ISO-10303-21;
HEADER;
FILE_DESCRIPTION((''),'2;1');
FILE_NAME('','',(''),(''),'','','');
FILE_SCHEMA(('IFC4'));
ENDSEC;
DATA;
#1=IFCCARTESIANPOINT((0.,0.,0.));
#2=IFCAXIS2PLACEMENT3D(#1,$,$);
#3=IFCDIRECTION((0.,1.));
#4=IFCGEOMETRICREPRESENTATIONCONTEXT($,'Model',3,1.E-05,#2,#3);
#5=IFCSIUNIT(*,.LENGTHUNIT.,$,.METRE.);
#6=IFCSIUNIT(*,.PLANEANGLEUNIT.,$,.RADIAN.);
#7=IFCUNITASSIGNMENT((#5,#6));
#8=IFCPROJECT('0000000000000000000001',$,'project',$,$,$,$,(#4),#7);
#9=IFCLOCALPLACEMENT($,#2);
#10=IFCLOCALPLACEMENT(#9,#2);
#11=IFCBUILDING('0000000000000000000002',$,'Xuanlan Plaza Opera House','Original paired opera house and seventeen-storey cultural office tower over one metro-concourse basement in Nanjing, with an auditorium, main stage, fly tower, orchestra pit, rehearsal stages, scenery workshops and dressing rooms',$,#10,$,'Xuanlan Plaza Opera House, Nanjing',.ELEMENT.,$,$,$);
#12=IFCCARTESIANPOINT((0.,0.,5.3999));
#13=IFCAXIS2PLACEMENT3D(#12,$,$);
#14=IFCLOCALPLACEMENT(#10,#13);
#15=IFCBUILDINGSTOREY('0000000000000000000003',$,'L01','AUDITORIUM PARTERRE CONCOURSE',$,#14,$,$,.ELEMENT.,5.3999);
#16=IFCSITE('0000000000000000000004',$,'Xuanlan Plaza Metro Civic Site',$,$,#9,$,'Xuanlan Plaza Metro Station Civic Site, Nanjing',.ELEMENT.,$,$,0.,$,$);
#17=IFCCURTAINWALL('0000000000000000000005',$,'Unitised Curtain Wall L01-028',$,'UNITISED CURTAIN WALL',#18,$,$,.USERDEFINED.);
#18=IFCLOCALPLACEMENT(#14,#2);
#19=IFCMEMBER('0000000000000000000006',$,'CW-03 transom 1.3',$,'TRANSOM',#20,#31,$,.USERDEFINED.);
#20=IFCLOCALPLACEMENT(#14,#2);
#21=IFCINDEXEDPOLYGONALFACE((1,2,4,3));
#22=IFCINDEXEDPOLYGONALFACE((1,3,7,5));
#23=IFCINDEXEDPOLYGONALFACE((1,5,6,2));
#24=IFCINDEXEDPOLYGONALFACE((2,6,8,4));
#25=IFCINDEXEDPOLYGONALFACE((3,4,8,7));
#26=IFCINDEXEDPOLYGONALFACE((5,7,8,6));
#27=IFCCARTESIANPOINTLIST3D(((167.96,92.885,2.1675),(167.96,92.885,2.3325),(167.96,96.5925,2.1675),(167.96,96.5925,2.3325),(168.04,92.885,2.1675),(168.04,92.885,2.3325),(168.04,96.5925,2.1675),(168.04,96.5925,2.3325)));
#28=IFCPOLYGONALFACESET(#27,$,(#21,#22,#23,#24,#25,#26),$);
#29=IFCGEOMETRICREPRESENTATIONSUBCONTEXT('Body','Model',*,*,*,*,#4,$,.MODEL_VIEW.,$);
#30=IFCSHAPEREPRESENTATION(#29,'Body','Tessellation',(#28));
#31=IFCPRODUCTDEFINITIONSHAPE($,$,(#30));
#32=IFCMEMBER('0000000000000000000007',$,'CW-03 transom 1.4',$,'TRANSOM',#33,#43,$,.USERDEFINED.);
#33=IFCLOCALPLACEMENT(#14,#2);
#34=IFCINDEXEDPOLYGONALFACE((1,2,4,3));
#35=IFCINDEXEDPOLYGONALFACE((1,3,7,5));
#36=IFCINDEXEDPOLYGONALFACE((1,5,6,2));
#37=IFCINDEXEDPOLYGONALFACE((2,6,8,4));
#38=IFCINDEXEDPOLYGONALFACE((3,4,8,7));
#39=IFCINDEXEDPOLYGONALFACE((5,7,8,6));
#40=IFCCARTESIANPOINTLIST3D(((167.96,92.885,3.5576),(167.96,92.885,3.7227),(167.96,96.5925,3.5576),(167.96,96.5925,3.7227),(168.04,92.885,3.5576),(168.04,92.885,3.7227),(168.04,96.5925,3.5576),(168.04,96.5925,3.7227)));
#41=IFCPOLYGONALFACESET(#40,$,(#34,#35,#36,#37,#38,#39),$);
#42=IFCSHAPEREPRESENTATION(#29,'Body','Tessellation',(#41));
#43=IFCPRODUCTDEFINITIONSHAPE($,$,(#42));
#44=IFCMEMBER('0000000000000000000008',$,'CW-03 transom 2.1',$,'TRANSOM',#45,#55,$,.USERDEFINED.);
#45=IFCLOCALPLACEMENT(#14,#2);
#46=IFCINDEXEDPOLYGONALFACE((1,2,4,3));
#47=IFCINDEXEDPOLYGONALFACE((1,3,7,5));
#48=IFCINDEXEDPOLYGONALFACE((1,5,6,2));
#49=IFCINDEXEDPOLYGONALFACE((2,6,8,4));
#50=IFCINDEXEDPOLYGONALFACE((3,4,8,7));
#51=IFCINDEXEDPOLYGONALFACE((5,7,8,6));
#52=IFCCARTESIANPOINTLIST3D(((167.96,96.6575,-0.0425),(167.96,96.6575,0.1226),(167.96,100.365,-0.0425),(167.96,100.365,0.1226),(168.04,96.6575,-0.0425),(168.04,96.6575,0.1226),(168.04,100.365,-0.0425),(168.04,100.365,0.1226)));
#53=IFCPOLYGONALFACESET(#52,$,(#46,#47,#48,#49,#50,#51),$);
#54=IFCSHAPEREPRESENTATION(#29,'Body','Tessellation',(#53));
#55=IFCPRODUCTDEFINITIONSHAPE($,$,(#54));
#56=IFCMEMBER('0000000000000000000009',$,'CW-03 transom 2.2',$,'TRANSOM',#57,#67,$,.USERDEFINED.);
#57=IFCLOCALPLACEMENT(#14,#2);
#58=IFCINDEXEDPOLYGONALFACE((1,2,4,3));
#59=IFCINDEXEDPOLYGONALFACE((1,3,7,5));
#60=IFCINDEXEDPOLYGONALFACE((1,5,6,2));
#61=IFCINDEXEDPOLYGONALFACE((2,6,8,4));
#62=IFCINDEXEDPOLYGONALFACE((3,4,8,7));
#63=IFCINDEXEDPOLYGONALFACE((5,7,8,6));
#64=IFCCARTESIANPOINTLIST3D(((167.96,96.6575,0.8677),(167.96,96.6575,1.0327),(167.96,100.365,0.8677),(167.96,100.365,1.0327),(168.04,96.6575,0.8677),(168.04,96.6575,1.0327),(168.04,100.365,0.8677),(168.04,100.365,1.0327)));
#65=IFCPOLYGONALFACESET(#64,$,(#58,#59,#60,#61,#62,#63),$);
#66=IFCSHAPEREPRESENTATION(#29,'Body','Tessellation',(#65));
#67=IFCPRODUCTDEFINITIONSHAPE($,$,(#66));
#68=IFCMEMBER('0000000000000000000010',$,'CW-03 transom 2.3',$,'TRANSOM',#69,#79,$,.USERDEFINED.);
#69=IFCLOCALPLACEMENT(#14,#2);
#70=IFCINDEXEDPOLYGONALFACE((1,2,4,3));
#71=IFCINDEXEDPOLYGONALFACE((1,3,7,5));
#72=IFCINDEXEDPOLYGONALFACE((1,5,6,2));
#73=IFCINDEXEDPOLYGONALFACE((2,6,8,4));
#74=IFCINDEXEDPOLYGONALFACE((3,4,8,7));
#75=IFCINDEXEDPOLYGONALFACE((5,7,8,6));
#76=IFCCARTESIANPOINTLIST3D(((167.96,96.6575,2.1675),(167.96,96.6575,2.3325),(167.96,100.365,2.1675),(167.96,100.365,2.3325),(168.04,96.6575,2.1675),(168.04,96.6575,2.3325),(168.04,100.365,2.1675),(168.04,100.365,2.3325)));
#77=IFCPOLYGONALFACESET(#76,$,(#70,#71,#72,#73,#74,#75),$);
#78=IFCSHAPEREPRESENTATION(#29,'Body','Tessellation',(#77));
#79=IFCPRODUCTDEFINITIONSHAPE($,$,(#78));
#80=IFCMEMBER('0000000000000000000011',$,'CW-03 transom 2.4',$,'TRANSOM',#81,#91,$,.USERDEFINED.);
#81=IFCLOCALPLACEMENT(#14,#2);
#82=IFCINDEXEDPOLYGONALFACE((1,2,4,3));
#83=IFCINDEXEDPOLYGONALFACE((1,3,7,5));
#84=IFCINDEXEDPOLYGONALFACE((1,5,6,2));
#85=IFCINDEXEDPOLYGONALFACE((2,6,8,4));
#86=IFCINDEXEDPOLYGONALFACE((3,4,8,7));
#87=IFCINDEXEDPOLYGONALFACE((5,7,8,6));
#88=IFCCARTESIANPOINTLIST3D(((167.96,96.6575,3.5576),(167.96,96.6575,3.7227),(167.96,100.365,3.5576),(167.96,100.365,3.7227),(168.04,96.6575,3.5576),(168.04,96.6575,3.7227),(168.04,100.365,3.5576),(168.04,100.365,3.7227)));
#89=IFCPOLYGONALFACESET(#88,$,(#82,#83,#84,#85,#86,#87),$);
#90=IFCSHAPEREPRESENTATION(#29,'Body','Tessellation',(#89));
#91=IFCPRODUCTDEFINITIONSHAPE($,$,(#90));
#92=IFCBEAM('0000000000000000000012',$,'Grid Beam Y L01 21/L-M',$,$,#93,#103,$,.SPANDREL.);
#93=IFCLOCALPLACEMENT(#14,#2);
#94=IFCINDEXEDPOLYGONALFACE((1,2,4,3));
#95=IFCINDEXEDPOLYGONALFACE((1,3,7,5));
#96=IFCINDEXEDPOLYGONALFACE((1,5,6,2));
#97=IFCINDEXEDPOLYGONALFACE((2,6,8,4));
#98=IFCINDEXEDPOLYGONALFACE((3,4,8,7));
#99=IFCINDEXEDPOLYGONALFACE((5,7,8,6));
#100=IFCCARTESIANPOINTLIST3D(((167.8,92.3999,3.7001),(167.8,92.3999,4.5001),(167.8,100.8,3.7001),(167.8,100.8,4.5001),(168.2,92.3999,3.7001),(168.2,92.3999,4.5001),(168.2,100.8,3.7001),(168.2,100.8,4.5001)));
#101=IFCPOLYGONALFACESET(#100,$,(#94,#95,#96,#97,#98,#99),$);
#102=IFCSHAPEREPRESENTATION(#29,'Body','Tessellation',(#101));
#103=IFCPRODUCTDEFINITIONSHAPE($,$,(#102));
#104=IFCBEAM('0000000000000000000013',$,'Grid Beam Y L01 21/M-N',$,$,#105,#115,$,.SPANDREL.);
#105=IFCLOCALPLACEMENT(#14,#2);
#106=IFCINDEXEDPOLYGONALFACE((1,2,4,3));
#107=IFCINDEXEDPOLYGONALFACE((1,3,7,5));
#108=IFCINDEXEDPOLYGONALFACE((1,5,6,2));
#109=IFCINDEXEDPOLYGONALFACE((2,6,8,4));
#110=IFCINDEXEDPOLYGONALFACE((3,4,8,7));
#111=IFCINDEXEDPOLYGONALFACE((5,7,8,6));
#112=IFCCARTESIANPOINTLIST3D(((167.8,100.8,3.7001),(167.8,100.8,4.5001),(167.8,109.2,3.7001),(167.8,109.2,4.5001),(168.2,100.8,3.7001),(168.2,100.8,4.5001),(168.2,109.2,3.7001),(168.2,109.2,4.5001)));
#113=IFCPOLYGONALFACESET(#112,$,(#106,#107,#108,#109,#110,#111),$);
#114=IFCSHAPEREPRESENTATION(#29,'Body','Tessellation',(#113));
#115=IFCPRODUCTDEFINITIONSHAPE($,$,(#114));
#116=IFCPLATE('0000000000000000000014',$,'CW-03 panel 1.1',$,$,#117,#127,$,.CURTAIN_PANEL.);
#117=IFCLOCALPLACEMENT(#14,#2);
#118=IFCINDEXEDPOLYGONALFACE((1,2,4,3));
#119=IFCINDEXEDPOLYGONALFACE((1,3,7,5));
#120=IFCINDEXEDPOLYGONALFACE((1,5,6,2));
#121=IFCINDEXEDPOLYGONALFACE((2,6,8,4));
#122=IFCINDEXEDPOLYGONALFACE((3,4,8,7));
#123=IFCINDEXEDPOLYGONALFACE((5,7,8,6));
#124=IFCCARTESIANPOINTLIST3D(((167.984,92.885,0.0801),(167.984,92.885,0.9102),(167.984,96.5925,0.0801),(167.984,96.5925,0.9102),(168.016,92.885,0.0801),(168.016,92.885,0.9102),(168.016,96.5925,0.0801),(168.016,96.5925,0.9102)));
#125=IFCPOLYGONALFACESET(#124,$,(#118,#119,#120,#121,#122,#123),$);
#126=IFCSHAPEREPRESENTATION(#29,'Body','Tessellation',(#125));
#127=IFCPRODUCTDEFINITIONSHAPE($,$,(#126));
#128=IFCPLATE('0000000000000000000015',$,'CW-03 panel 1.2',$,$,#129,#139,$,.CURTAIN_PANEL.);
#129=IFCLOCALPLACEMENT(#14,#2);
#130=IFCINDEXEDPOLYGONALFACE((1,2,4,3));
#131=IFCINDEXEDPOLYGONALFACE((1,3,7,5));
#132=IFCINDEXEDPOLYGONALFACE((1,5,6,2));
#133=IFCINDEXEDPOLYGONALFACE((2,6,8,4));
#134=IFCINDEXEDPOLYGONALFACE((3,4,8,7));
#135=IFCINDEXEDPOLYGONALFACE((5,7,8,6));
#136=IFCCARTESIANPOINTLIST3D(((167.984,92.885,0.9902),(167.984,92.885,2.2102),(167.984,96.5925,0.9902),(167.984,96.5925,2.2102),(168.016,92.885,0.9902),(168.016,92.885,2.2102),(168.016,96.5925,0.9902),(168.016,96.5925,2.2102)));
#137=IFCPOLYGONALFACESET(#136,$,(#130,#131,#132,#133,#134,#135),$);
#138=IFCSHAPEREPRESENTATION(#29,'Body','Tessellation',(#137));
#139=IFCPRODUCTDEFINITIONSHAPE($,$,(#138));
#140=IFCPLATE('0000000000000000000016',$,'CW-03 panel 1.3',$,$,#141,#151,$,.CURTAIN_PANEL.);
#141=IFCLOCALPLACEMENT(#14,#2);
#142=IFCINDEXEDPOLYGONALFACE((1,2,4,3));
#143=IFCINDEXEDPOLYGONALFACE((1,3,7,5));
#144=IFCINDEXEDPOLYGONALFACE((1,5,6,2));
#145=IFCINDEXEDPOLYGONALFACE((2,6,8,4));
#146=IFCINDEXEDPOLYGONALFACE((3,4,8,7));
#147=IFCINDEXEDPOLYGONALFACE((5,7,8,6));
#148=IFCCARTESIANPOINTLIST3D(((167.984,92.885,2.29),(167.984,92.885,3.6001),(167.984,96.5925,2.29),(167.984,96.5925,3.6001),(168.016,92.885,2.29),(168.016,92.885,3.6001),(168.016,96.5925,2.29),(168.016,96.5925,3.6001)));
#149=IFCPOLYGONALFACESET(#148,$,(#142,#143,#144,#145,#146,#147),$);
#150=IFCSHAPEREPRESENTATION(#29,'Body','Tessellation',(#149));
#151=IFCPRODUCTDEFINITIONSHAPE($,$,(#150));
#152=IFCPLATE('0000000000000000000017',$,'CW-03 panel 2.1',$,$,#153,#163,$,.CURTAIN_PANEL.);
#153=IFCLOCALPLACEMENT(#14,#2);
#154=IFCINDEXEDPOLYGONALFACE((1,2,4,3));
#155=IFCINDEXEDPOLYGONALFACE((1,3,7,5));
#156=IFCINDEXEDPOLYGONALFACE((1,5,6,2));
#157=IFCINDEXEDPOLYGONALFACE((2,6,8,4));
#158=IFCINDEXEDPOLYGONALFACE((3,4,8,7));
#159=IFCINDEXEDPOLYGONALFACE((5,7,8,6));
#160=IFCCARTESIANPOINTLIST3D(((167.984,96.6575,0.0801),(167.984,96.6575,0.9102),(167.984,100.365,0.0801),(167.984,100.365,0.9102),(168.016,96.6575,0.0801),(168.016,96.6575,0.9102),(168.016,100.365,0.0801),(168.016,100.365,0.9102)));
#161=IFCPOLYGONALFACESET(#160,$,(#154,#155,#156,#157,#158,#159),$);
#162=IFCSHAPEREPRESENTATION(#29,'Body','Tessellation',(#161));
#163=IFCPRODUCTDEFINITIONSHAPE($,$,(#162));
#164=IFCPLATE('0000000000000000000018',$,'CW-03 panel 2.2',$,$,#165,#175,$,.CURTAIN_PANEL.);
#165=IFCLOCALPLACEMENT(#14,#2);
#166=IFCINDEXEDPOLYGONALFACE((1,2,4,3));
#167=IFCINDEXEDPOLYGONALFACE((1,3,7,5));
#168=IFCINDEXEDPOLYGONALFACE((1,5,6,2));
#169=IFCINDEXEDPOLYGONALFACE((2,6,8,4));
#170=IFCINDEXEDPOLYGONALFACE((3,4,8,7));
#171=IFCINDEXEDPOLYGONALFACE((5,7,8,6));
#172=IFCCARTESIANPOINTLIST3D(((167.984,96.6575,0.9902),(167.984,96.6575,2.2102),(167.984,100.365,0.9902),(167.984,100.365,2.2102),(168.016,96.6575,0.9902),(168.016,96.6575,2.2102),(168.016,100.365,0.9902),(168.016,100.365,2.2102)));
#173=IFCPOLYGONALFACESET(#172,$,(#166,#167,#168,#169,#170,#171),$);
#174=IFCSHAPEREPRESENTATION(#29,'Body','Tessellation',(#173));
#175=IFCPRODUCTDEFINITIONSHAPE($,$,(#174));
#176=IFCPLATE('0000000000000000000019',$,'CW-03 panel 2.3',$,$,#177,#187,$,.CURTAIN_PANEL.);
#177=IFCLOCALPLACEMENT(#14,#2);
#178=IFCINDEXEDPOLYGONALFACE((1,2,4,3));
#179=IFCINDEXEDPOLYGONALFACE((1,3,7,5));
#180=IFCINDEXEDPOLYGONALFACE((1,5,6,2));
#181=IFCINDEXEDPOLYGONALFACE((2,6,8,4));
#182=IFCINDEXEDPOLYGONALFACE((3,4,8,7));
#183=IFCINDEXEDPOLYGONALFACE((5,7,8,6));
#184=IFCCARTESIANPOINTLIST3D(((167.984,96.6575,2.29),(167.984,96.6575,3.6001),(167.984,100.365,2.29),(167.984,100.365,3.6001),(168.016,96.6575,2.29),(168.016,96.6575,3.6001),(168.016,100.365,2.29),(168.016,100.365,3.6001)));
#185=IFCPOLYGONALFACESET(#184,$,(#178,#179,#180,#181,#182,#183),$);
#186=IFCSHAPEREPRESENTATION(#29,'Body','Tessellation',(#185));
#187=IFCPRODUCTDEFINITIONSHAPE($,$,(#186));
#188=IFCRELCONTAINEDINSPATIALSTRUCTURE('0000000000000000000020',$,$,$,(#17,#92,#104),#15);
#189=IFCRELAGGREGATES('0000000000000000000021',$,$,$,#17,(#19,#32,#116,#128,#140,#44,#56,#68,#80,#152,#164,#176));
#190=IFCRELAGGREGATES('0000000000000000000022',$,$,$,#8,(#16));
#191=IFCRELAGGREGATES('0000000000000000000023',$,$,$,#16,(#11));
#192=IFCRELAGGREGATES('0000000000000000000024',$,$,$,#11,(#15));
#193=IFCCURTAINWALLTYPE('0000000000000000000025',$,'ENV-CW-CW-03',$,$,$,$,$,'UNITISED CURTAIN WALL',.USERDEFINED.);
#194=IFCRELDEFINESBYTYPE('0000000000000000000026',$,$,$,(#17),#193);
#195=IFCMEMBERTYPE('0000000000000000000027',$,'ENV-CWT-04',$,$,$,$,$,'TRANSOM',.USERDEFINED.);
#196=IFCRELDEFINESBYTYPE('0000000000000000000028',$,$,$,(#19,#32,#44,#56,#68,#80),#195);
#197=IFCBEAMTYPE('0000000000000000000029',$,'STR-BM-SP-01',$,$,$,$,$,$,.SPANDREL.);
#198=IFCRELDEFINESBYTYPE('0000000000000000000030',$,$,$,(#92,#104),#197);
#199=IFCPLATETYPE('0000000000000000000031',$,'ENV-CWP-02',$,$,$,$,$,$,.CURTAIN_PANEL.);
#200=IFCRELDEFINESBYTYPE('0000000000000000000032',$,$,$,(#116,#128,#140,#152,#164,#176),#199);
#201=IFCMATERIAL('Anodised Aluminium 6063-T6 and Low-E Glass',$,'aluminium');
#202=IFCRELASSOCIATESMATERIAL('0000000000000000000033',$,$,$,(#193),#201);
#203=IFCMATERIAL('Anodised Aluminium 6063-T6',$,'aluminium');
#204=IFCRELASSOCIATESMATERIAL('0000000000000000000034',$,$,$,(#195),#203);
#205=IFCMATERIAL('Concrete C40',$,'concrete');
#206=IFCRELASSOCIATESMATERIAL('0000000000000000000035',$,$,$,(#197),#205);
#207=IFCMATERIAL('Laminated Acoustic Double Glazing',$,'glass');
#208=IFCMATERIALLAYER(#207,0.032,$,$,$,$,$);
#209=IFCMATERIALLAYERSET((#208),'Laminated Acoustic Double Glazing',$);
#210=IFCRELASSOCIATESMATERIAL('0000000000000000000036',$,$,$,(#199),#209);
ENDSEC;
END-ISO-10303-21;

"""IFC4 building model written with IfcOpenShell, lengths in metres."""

from ifc_helpers import new_model, si_unit, direction, frame, origin, origin_2d, place, context, subcontext, project, spatial, rectangle, extrude, material, layer, layer_set, material_profile, profile_set, type_object, element, aggregate, save


model = new_model("IFC4")

# Units and contexts
model_context = context("Model", 3, precision=1e-05, world=origin(), true_north=direction((0.0, 1.0)))
body_context = subcontext(model_context, "Body", "Model", "MODEL_VIEW")
ifc_project = project(units=[si_unit("LENGTHUNIT", "METRE"), si_unit("PLANEANGLEUNIT", "RADIAN")], contexts=[model_context])

# Site, building, storey
site_placement = place(None, origin())
site = spatial("IfcSite", under=ifc_project, at=site_placement, Name="Xuanlan Plaza Metro Civic Site", LongName="Xuanlan Plaza Metro Station Civic Site, Nanjing", CompositionType="ELEMENT", RefElevation=0.0)
building_placement = place(site_placement, origin())
building = spatial("IfcBuilding", under=site, at=building_placement, Name="Xuanlan Plaza Opera House", Description="Original paired opera house and seventeen-storey cultural office tower over one metro-concourse basement in Nanjing, with an auditorium, main stage, fly tower, orchestra pit, rehearsal stages, scenery workshops and dressing rooms", LongName="Xuanlan Plaza Opera House, Nanjing", CompositionType="ELEMENT")
storey_placement = place(building_placement, frame((0.0, 0.0, 5.3999)))
storey = spatial("IfcBuildingStorey", under=building, at=storey_placement, Name="L01", Description="AUDITORIUM PARTERRE CONCOURSE", CompositionType="ELEMENT", Elevation=5.3999)

# Shared definitions
ifc_material_1 = material(Name="Concrete C40", Category="concrete")

# Curtain wall
ifc_material_2 = material(Name="Anodised Aluminium 6063-T6 and Low-E Glass", Category="aluminium")
curtain_wall_type_1 = type_object("IfcCurtainWallType", Name="ENV-CW-CW-03", ElementType="UNITISED CURTAIN WALL", PredefinedType="USERDEFINED", material=ifc_material_2)
curtain_wall_1_placement = place(storey_placement, origin())
curtain_wall_1 = element("IfcCurtainWall", 1, at=curtain_wall_1_placement, inside=storey, type_object=curtain_wall_type_1, Name="Unitised Curtain Wall L01-028", ObjectType="UNITISED CURTAIN WALL", PredefinedType="USERDEFINED")
ifc_material_3 = material(Name="Anodised Aluminium 6063-T6", Category="aluminium")

# Members
ifc_material_profile_1 = material_profile(ifc_material_3, rectangle(XDim=0.0801, YDim=0.165, at=origin_2d()), Name="ALU-T 80x165")
ifc_profile_set_1 = profile_set([ifc_material_profile_1], Name="Anodised Aluminium 6063-T6")
member_type_1 = type_object("IfcMemberType", Name="ENV-CWT-04", ElementType="TRANSOM", PredefinedType="USERDEFINED", material=ifc_profile_set_1)
member_1_placement = place(storey_placement, frame((168.0, 92.885, 2.25), z_axis=(0.0, 1.0, 0.0), x_axis=(-1.0, 0.0, 0.0)))
member_1 = element("IfcMember", 2, at=member_1_placement, type_object=member_type_1, Name="CW-03 transom 1.3", ObjectType="TRANSOM", PredefinedType="USERDEFINED", context=body_context, shape_type="SweptSolid", body=[
    extrude(rectangle(XDim=0.0801, YDim=0.165, at=origin_2d()), origin(), (0.0, 0.0, 1.0), 3.7075),
])
member_2_placement = place(storey_placement, frame((168.0, 92.885, 3.6401), z_axis=(0.0, 1.0, 0.0), x_axis=(-1.0, 0.0, 0.0)))
member_2 = element("IfcMember", 3, at=member_2_placement, type_object=member_type_1, Name="CW-03 transom 1.4", ObjectType="TRANSOM", PredefinedType="USERDEFINED", context=body_context, shape_type="SweptSolid", body=[
    extrude(rectangle(XDim=0.0801, YDim=0.165, at=origin_2d()), origin(), (0.0, 0.0, 1.0), 3.7075),
])
member_3_placement = place(storey_placement, frame((168.0, 96.6575, 0.04), z_axis=(0.0, 1.0, 0.0), x_axis=(-1.0, 0.0, 0.0)))
member_3 = element("IfcMember", 4, at=member_3_placement, type_object=member_type_1, Name="CW-03 transom 2.1", ObjectType="TRANSOM", PredefinedType="USERDEFINED", context=body_context, shape_type="SweptSolid", body=[
    extrude(rectangle(XDim=0.0801, YDim=0.165, at=origin_2d()), origin(), (0.0, 0.0, 1.0), 3.7075),
])
member_4_placement = place(storey_placement, frame((168.0, 96.6575, 0.9502), z_axis=(0.0, 1.0, 0.0), x_axis=(-1.0, 0.0, 0.0)))
member_4 = element("IfcMember", 5, at=member_4_placement, type_object=member_type_1, Name="CW-03 transom 2.2", ObjectType="TRANSOM", PredefinedType="USERDEFINED", context=body_context, shape_type="SweptSolid", body=[
    extrude(rectangle(XDim=0.0801, YDim=0.165, at=origin_2d()), origin(), (0.0, 0.0, 1.0), 3.7075),
])
member_5_placement = place(storey_placement, frame((168.0, 96.6575, 2.25), z_axis=(0.0, 1.0, 0.0), x_axis=(-1.0, 0.0, 0.0)))
member_5 = element("IfcMember", 6, at=member_5_placement, type_object=member_type_1, Name="CW-03 transom 2.3", ObjectType="TRANSOM", PredefinedType="USERDEFINED", context=body_context, shape_type="SweptSolid", body=[
    extrude(rectangle(XDim=0.0801, YDim=0.165, at=origin_2d()), origin(), (0.0, 0.0, 1.0), 3.7075),
])
member_6_placement = place(storey_placement, frame((168.0, 96.6575, 3.6401), z_axis=(0.0, 1.0, 0.0), x_axis=(-1.0, 0.0, 0.0)))
member_6 = element("IfcMember", 7, at=member_6_placement, type_object=member_type_1, Name="CW-03 transom 2.4", ObjectType="TRANSOM", PredefinedType="USERDEFINED", context=body_context, shape_type="SweptSolid", body=[
    extrude(rectangle(XDim=0.0801, YDim=0.165, at=origin_2d()), origin(), (0.0, 0.0, 1.0), 3.7075),
])

# Beams
ifc_material_profile_2 = material_profile(ifc_material_1, rectangle(XDim=0.3999, YDim=0.8, at=origin_2d()), Name="RC-SPD 400x800")
ifc_profile_set_2 = profile_set([ifc_material_profile_2], Name="Concrete C40")
beam_type = type_object("IfcBeamType", Name="STR-BM-SP-01", PredefinedType="SPANDREL", material=ifc_profile_set_2)
beam_1_placement = place(storey_placement, frame((168.0, 92.3999, 4.1001), z_axis=(0.0, 1.0, 0.0), x_axis=(-1.0, 0.0, 0.0)))
element("IfcBeam", 8, at=beam_1_placement, inside=storey, type_object=beam_type, Name="Grid Beam Y L01 21/L-M", PredefinedType="SPANDREL", context=body_context, shape_type="SweptSolid", body=[
    extrude(rectangle(XDim=0.3999, YDim=0.8, at=origin_2d()), origin(), (0.0, 0.0, 1.0), 8.4001),
])
beam_2_placement = place(storey_placement, frame((168.0, 100.8, 4.1001), z_axis=(0.0, 1.0, 0.0), x_axis=(-1.0, 0.0, 0.0)))
element("IfcBeam", 9, at=beam_2_placement, inside=storey, type_object=beam_type, Name="Grid Beam Y L01 21/M-N", PredefinedType="SPANDREL", context=body_context, shape_type="SweptSolid", body=[
    extrude(rectangle(XDim=0.3999, YDim=0.8, at=origin_2d()), origin(), (0.0, 0.0, 1.0), 8.3999),
])

# Plates
ifc_material_4 = material(Name="Laminated Acoustic Double Glazing", Category="glass")
ifc_layer_1 = layer(ifc_material_4, 0.032)
ifc_layer_set_1 = layer_set([ifc_layer_1], Name="Laminated Acoustic Double Glazing")
plate_type_1 = type_object("IfcPlateType", Name="ENV-CWP-02", PredefinedType="CURTAIN_PANEL", material=ifc_layer_set_1)
plate_1_placement = place(storey_placement, frame((168.0, 94.7388, 0.0801), z_axis=(0.0, 0.0, 1.0), x_axis=(0.0, 1.0, 0.0)))
plate_1 = element("IfcPlate", 10, at=plate_1_placement, type_object=plate_type_1, Name="CW-03 panel 1.1", PredefinedType="CURTAIN_PANEL", context=body_context, shape_type="SweptSolid", body=[
    extrude(rectangle(XDim=3.7075, YDim=0.032, at=origin_2d()), origin(), (0.0, 0.0, 1.0), 0.8301),
])
plate_2_placement = place(storey_placement, frame((168.0, 94.7388, 0.9902), z_axis=(0.0, 0.0, 1.0), x_axis=(0.0, 1.0, 0.0)))
plate_2 = element("IfcPlate", 11, at=plate_2_placement, type_object=plate_type_1, Name="CW-03 panel 1.2", PredefinedType="CURTAIN_PANEL", context=body_context, shape_type="SweptSolid", body=[
    extrude(rectangle(XDim=3.7075, YDim=0.032, at=origin_2d()), origin(), (0.0, 0.0, 1.0), 1.22),
])
plate_3_placement = place(storey_placement, frame((168.0, 94.7388, 2.29), z_axis=(0.0, 0.0, 1.0), x_axis=(0.0, 1.0, 0.0)))
plate_3 = element("IfcPlate", 12, at=plate_3_placement, type_object=plate_type_1, Name="CW-03 panel 1.3", PredefinedType="CURTAIN_PANEL", context=body_context, shape_type="SweptSolid", body=[
    extrude(rectangle(XDim=3.7075, YDim=0.032, at=origin_2d()), origin(), (0.0, 0.0, 1.0), 1.3101),
])
plate_4_placement = place(storey_placement, frame((168.0, 98.5112, 0.0801), z_axis=(0.0, 0.0, 1.0), x_axis=(0.0, 1.0, 0.0)))
plate_4 = element("IfcPlate", 13, at=plate_4_placement, type_object=plate_type_1, Name="CW-03 panel 2.1", PredefinedType="CURTAIN_PANEL", context=body_context, shape_type="SweptSolid", body=[
    extrude(rectangle(XDim=3.7075, YDim=0.032, at=origin_2d()), origin(), (0.0, 0.0, 1.0), 0.8301),
])
plate_5_placement = place(storey_placement, frame((168.0, 98.5112, 0.9902), z_axis=(0.0, 0.0, 1.0), x_axis=(0.0, 1.0, 0.0)))
plate_5 = element("IfcPlate", 14, at=plate_5_placement, type_object=plate_type_1, Name="CW-03 panel 2.2", PredefinedType="CURTAIN_PANEL", context=body_context, shape_type="SweptSolid", body=[
    extrude(rectangle(XDim=3.7075, YDim=0.032, at=origin_2d()), origin(), (0.0, 0.0, 1.0), 1.22),
])
plate_6_placement = place(storey_placement, frame((168.0, 98.5112, 2.29), z_axis=(0.0, 0.0, 1.0), x_axis=(0.0, 1.0, 0.0)))
plate_6 = element("IfcPlate", 15, at=plate_6_placement, type_object=plate_type_1, Name="CW-03 panel 2.3", PredefinedType="CURTAIN_PANEL", context=body_context, shape_type="SweptSolid", body=[
    extrude(rectangle(XDim=3.7075, YDim=0.032, at=origin_2d()), origin(), (0.0, 0.0, 1.0), 1.3101),
])
aggregate(curtain_wall_1, [member_1, member_2, plate_1, plate_2, plate_3, member_3, member_4, member_5, member_6, plate_4, plate_5, plate_6])

save(model, "model.ifc")
